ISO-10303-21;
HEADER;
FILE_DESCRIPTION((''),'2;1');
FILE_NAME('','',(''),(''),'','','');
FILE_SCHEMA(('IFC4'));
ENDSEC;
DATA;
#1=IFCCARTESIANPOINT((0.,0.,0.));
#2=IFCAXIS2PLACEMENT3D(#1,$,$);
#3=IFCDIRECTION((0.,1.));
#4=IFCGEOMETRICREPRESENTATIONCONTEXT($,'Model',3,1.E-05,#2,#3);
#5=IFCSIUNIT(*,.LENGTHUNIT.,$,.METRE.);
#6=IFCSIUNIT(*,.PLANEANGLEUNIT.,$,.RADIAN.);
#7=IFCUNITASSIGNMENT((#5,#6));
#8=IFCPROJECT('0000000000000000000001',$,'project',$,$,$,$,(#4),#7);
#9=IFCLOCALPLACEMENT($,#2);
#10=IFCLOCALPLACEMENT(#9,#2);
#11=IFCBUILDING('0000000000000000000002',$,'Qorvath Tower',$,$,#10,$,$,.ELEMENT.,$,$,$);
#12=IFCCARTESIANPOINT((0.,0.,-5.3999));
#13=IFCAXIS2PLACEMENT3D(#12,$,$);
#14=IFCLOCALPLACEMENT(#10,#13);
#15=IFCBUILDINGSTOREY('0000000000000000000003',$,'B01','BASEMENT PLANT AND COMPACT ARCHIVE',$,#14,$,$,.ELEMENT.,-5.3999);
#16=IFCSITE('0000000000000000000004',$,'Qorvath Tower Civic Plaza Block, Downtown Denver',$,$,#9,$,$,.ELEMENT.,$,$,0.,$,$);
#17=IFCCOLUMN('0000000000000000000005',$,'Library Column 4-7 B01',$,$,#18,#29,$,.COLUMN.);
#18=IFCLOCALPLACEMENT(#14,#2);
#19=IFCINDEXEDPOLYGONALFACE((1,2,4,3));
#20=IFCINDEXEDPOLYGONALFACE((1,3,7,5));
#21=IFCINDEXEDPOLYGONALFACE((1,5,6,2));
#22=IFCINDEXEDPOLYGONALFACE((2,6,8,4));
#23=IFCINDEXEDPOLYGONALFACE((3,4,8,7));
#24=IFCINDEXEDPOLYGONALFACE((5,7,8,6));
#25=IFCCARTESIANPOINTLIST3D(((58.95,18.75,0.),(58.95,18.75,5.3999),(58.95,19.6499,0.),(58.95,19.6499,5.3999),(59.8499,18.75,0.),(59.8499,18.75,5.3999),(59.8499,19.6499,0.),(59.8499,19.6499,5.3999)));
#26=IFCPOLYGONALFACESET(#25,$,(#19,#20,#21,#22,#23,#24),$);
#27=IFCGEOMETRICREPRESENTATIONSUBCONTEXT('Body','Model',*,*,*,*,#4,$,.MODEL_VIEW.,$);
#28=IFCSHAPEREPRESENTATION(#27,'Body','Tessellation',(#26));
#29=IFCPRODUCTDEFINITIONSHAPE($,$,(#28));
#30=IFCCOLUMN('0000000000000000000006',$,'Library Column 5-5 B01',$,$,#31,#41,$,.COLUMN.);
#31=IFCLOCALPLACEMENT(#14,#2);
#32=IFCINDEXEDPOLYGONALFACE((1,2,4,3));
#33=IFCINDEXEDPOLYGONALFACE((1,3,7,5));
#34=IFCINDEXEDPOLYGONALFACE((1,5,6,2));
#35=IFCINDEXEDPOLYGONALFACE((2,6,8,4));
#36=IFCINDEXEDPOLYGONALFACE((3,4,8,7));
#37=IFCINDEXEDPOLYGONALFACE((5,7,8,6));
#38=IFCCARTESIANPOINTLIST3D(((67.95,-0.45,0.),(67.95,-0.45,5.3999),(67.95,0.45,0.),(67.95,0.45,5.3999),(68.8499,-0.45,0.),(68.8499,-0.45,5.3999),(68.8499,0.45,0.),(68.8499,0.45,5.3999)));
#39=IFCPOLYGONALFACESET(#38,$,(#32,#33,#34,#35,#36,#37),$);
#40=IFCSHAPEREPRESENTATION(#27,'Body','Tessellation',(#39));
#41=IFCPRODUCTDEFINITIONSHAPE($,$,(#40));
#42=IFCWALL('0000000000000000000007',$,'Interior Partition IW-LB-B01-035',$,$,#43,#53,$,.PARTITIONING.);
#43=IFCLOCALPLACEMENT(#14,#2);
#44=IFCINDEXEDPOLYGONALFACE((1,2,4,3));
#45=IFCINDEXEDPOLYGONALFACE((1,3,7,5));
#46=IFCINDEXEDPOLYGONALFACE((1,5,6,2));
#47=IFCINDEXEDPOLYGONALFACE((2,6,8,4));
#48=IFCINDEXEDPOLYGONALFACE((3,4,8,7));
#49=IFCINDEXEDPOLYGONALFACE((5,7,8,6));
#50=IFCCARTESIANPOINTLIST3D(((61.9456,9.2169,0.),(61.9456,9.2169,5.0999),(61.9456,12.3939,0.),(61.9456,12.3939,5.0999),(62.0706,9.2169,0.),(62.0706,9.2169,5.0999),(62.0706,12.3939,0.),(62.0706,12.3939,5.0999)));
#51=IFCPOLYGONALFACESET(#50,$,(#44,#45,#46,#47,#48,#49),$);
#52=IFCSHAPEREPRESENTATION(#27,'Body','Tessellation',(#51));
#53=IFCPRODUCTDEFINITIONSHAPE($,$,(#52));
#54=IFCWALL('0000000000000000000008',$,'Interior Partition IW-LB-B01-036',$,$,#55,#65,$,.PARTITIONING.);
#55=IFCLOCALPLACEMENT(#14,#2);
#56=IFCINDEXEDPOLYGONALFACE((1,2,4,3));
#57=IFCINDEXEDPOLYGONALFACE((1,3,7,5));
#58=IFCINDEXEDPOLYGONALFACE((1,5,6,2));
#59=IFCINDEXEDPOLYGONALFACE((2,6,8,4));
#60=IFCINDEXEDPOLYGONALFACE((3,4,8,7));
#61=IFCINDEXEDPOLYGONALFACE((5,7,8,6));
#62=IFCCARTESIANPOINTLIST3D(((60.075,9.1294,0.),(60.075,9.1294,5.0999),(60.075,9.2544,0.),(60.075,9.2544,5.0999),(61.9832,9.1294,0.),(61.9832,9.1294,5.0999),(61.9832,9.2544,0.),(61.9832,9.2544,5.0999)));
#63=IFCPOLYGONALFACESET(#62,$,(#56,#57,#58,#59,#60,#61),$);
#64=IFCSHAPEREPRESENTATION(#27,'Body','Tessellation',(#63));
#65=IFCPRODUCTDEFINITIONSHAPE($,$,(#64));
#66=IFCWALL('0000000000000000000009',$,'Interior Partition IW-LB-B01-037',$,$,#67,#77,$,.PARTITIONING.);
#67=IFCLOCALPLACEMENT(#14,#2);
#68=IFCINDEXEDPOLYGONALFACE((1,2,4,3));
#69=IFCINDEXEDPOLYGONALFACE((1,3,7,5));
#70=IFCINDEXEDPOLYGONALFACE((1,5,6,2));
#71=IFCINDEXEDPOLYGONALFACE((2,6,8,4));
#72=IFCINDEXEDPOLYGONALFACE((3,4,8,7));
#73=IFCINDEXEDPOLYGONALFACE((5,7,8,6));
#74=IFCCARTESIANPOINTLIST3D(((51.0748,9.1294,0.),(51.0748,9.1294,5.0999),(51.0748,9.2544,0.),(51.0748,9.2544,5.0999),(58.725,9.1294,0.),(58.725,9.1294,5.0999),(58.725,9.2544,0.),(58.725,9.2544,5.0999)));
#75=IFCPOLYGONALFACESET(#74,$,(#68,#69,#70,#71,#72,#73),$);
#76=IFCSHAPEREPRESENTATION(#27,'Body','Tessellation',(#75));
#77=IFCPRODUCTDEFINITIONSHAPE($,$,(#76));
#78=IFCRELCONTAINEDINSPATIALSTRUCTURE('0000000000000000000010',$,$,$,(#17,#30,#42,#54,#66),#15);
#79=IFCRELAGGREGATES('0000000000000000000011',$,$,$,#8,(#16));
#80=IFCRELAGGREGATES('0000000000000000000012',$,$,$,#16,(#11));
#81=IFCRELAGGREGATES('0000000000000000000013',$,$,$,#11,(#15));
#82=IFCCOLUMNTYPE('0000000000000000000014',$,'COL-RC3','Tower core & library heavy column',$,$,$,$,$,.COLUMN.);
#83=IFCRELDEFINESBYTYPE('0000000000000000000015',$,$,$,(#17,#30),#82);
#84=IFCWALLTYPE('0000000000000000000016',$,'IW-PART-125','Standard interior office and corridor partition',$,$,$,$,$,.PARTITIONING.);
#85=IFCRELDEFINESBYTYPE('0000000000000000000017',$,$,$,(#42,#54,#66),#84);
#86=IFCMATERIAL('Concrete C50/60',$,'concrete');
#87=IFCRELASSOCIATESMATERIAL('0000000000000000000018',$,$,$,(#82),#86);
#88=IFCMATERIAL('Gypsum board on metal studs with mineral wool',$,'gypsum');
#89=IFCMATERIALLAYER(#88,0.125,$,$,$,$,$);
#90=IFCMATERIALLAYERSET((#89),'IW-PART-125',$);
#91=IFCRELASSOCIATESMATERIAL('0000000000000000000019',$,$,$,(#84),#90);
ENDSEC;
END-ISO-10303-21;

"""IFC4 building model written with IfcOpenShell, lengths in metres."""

from ifc_helpers import new_model, si_unit, direction, frame, frame_2d, origin, origin_2d, place, context, subcontext, project, spatial, rectangle, extrude, material, layer, layer_set, material_profile, profile_set, type_object, element, save


model = new_model("IFC4")

# Units and contexts
model_context = context("Model", 3, precision=1e-05, world=origin(), true_north=direction((0.0, 1.0)))
body_context = subcontext(model_context, "Body", "Model", "MODEL_VIEW")
ifc_project = project(units=[si_unit("LENGTHUNIT", "METRE"), si_unit("PLANEANGLEUNIT", "RADIAN")], contexts=[model_context])

# Site, building, storey
site_placement = place(None, origin())
site = spatial("IfcSite", under=ifc_project, at=site_placement, Name="Qorvath Tower Civic Plaza Block, Downtown Denver", CompositionType="ELEMENT", RefElevation=0.0)
building_placement = place(site_placement, origin())
building = spatial("IfcBuilding", under=site, at=building_placement, Name="Qorvath Tower", CompositionType="ELEMENT")
storey_placement = place(building_placement, frame((0.0, 0.0, -5.3999)))
storey = spatial("IfcBuildingStorey", under=building, at=storey_placement, Name="B01", Description="BASEMENT PLANT AND COMPACT ARCHIVE", CompositionType="ELEMENT", Elevation=-5.3999)

# Columns
ifc_material_1 = material(Name="Concrete C50/60", Category="concrete")
ifc_material_profile_1 = material_profile(ifc_material_1, rectangle(XDim=0.8999, YDim=0.8999, at=origin_2d()), Name="RC 900x900")
ifc_profile_set_1 = profile_set([ifc_material_profile_1], Name="Concrete C50/60")
column_type = type_object("IfcColumnType", Name="COL-RC3", Description="Tower core & library heavy column", PredefinedType="COLUMN", material=ifc_profile_set_1)
for number, where, z_axis, x_axis, name in (
    (1, (59.3999, 19.2, 0.0), (0.0, 0.0, 1.0), (1.0, 0.0, 0.0), "Library Column 4-7 B01"),
    (2, (68.3999, 0.0, 0.0), (0.0, 0.0, 1.0), (1.0, 0.0, 0.0), "Library Column 5-5 B01"),
):
    element("IfcColumn", number, at=place(storey_placement, frame(where, z_axis=z_axis, x_axis=x_axis)), inside=storey, type_object=column_type, Name=name, PredefinedType="COLUMN", context=body_context, shape_type="SweptSolid", body=[
        extrude(rectangle(XDim=0.8999, YDim=0.8999, at=origin_2d()), origin(), (0.0, 0.0, 1.0), 5.3999),
    ])

# Walls
ifc_material_2 = material(Name="Gypsum board on metal studs with mineral wool", Category="gypsum")
ifc_layer_1 = layer(ifc_material_2, 0.125)
ifc_layer_set_1 = layer_set([ifc_layer_1], Name="IW-PART-125")
wall_type = type_object("IfcWallType", Name="IW-PART-125", Description="Standard interior office and corridor partition", PredefinedType="PARTITIONING", material=ifc_layer_set_1)
wall_1_placement = place(storey_placement, frame((62.0081, 12.3938, 0.0), z_axis=(0.0, 0.0, 1.0), x_axis=(0.0, -1.0, 0.0)))
element("IfcWall", 3, at=wall_1_placement, inside=storey, type_object=wall_type, Name="Interior Partition IW-LB-B01-035", PredefinedType="PARTITIONING", context=body_context, shape_type="SweptSolid", body=[
    extrude(rectangle(XDim=3.177, YDim=0.125, at=frame_2d((1.5884, 0.0))), origin(), (0.0, 0.0, 1.0), 5.0999),
])
wall_2_placement = place(storey_placement, frame((61.9832, 9.1919, 0.0), z_axis=(0.0, 0.0, 1.0), x_axis=(-1.0, 0.0, 0.0)))
element("IfcWall", 4, at=wall_2_placement, inside=storey, type_object=wall_type, Name="Interior Partition IW-LB-B01-036", PredefinedType="PARTITIONING", context=body_context, shape_type="SweptSolid", body=[
    extrude(rectangle(XDim=1.9082, YDim=0.125, at=frame_2d((0.9541, 0.0))), origin(), (0.0, 0.0, 1.0), 5.0999),
])
wall_3_placement = place(storey_placement, frame((58.7251, 9.1919, 0.0), z_axis=(0.0, 0.0, 1.0), x_axis=(-1.0, 0.0, 0.0)))
element("IfcWall", 5, at=wall_3_placement, inside=storey, type_object=wall_type, Name="Interior Partition IW-LB-B01-037", PredefinedType="PARTITIONING", context=body_context, shape_type="SweptSolid", body=[
    extrude(rectangle(XDim=7.6501, YDim=0.125, at=frame_2d((3.8252, 0.0))), origin(), (0.0, 0.0, 1.0), 5.0999),
])

save(model, "model.ifc")
